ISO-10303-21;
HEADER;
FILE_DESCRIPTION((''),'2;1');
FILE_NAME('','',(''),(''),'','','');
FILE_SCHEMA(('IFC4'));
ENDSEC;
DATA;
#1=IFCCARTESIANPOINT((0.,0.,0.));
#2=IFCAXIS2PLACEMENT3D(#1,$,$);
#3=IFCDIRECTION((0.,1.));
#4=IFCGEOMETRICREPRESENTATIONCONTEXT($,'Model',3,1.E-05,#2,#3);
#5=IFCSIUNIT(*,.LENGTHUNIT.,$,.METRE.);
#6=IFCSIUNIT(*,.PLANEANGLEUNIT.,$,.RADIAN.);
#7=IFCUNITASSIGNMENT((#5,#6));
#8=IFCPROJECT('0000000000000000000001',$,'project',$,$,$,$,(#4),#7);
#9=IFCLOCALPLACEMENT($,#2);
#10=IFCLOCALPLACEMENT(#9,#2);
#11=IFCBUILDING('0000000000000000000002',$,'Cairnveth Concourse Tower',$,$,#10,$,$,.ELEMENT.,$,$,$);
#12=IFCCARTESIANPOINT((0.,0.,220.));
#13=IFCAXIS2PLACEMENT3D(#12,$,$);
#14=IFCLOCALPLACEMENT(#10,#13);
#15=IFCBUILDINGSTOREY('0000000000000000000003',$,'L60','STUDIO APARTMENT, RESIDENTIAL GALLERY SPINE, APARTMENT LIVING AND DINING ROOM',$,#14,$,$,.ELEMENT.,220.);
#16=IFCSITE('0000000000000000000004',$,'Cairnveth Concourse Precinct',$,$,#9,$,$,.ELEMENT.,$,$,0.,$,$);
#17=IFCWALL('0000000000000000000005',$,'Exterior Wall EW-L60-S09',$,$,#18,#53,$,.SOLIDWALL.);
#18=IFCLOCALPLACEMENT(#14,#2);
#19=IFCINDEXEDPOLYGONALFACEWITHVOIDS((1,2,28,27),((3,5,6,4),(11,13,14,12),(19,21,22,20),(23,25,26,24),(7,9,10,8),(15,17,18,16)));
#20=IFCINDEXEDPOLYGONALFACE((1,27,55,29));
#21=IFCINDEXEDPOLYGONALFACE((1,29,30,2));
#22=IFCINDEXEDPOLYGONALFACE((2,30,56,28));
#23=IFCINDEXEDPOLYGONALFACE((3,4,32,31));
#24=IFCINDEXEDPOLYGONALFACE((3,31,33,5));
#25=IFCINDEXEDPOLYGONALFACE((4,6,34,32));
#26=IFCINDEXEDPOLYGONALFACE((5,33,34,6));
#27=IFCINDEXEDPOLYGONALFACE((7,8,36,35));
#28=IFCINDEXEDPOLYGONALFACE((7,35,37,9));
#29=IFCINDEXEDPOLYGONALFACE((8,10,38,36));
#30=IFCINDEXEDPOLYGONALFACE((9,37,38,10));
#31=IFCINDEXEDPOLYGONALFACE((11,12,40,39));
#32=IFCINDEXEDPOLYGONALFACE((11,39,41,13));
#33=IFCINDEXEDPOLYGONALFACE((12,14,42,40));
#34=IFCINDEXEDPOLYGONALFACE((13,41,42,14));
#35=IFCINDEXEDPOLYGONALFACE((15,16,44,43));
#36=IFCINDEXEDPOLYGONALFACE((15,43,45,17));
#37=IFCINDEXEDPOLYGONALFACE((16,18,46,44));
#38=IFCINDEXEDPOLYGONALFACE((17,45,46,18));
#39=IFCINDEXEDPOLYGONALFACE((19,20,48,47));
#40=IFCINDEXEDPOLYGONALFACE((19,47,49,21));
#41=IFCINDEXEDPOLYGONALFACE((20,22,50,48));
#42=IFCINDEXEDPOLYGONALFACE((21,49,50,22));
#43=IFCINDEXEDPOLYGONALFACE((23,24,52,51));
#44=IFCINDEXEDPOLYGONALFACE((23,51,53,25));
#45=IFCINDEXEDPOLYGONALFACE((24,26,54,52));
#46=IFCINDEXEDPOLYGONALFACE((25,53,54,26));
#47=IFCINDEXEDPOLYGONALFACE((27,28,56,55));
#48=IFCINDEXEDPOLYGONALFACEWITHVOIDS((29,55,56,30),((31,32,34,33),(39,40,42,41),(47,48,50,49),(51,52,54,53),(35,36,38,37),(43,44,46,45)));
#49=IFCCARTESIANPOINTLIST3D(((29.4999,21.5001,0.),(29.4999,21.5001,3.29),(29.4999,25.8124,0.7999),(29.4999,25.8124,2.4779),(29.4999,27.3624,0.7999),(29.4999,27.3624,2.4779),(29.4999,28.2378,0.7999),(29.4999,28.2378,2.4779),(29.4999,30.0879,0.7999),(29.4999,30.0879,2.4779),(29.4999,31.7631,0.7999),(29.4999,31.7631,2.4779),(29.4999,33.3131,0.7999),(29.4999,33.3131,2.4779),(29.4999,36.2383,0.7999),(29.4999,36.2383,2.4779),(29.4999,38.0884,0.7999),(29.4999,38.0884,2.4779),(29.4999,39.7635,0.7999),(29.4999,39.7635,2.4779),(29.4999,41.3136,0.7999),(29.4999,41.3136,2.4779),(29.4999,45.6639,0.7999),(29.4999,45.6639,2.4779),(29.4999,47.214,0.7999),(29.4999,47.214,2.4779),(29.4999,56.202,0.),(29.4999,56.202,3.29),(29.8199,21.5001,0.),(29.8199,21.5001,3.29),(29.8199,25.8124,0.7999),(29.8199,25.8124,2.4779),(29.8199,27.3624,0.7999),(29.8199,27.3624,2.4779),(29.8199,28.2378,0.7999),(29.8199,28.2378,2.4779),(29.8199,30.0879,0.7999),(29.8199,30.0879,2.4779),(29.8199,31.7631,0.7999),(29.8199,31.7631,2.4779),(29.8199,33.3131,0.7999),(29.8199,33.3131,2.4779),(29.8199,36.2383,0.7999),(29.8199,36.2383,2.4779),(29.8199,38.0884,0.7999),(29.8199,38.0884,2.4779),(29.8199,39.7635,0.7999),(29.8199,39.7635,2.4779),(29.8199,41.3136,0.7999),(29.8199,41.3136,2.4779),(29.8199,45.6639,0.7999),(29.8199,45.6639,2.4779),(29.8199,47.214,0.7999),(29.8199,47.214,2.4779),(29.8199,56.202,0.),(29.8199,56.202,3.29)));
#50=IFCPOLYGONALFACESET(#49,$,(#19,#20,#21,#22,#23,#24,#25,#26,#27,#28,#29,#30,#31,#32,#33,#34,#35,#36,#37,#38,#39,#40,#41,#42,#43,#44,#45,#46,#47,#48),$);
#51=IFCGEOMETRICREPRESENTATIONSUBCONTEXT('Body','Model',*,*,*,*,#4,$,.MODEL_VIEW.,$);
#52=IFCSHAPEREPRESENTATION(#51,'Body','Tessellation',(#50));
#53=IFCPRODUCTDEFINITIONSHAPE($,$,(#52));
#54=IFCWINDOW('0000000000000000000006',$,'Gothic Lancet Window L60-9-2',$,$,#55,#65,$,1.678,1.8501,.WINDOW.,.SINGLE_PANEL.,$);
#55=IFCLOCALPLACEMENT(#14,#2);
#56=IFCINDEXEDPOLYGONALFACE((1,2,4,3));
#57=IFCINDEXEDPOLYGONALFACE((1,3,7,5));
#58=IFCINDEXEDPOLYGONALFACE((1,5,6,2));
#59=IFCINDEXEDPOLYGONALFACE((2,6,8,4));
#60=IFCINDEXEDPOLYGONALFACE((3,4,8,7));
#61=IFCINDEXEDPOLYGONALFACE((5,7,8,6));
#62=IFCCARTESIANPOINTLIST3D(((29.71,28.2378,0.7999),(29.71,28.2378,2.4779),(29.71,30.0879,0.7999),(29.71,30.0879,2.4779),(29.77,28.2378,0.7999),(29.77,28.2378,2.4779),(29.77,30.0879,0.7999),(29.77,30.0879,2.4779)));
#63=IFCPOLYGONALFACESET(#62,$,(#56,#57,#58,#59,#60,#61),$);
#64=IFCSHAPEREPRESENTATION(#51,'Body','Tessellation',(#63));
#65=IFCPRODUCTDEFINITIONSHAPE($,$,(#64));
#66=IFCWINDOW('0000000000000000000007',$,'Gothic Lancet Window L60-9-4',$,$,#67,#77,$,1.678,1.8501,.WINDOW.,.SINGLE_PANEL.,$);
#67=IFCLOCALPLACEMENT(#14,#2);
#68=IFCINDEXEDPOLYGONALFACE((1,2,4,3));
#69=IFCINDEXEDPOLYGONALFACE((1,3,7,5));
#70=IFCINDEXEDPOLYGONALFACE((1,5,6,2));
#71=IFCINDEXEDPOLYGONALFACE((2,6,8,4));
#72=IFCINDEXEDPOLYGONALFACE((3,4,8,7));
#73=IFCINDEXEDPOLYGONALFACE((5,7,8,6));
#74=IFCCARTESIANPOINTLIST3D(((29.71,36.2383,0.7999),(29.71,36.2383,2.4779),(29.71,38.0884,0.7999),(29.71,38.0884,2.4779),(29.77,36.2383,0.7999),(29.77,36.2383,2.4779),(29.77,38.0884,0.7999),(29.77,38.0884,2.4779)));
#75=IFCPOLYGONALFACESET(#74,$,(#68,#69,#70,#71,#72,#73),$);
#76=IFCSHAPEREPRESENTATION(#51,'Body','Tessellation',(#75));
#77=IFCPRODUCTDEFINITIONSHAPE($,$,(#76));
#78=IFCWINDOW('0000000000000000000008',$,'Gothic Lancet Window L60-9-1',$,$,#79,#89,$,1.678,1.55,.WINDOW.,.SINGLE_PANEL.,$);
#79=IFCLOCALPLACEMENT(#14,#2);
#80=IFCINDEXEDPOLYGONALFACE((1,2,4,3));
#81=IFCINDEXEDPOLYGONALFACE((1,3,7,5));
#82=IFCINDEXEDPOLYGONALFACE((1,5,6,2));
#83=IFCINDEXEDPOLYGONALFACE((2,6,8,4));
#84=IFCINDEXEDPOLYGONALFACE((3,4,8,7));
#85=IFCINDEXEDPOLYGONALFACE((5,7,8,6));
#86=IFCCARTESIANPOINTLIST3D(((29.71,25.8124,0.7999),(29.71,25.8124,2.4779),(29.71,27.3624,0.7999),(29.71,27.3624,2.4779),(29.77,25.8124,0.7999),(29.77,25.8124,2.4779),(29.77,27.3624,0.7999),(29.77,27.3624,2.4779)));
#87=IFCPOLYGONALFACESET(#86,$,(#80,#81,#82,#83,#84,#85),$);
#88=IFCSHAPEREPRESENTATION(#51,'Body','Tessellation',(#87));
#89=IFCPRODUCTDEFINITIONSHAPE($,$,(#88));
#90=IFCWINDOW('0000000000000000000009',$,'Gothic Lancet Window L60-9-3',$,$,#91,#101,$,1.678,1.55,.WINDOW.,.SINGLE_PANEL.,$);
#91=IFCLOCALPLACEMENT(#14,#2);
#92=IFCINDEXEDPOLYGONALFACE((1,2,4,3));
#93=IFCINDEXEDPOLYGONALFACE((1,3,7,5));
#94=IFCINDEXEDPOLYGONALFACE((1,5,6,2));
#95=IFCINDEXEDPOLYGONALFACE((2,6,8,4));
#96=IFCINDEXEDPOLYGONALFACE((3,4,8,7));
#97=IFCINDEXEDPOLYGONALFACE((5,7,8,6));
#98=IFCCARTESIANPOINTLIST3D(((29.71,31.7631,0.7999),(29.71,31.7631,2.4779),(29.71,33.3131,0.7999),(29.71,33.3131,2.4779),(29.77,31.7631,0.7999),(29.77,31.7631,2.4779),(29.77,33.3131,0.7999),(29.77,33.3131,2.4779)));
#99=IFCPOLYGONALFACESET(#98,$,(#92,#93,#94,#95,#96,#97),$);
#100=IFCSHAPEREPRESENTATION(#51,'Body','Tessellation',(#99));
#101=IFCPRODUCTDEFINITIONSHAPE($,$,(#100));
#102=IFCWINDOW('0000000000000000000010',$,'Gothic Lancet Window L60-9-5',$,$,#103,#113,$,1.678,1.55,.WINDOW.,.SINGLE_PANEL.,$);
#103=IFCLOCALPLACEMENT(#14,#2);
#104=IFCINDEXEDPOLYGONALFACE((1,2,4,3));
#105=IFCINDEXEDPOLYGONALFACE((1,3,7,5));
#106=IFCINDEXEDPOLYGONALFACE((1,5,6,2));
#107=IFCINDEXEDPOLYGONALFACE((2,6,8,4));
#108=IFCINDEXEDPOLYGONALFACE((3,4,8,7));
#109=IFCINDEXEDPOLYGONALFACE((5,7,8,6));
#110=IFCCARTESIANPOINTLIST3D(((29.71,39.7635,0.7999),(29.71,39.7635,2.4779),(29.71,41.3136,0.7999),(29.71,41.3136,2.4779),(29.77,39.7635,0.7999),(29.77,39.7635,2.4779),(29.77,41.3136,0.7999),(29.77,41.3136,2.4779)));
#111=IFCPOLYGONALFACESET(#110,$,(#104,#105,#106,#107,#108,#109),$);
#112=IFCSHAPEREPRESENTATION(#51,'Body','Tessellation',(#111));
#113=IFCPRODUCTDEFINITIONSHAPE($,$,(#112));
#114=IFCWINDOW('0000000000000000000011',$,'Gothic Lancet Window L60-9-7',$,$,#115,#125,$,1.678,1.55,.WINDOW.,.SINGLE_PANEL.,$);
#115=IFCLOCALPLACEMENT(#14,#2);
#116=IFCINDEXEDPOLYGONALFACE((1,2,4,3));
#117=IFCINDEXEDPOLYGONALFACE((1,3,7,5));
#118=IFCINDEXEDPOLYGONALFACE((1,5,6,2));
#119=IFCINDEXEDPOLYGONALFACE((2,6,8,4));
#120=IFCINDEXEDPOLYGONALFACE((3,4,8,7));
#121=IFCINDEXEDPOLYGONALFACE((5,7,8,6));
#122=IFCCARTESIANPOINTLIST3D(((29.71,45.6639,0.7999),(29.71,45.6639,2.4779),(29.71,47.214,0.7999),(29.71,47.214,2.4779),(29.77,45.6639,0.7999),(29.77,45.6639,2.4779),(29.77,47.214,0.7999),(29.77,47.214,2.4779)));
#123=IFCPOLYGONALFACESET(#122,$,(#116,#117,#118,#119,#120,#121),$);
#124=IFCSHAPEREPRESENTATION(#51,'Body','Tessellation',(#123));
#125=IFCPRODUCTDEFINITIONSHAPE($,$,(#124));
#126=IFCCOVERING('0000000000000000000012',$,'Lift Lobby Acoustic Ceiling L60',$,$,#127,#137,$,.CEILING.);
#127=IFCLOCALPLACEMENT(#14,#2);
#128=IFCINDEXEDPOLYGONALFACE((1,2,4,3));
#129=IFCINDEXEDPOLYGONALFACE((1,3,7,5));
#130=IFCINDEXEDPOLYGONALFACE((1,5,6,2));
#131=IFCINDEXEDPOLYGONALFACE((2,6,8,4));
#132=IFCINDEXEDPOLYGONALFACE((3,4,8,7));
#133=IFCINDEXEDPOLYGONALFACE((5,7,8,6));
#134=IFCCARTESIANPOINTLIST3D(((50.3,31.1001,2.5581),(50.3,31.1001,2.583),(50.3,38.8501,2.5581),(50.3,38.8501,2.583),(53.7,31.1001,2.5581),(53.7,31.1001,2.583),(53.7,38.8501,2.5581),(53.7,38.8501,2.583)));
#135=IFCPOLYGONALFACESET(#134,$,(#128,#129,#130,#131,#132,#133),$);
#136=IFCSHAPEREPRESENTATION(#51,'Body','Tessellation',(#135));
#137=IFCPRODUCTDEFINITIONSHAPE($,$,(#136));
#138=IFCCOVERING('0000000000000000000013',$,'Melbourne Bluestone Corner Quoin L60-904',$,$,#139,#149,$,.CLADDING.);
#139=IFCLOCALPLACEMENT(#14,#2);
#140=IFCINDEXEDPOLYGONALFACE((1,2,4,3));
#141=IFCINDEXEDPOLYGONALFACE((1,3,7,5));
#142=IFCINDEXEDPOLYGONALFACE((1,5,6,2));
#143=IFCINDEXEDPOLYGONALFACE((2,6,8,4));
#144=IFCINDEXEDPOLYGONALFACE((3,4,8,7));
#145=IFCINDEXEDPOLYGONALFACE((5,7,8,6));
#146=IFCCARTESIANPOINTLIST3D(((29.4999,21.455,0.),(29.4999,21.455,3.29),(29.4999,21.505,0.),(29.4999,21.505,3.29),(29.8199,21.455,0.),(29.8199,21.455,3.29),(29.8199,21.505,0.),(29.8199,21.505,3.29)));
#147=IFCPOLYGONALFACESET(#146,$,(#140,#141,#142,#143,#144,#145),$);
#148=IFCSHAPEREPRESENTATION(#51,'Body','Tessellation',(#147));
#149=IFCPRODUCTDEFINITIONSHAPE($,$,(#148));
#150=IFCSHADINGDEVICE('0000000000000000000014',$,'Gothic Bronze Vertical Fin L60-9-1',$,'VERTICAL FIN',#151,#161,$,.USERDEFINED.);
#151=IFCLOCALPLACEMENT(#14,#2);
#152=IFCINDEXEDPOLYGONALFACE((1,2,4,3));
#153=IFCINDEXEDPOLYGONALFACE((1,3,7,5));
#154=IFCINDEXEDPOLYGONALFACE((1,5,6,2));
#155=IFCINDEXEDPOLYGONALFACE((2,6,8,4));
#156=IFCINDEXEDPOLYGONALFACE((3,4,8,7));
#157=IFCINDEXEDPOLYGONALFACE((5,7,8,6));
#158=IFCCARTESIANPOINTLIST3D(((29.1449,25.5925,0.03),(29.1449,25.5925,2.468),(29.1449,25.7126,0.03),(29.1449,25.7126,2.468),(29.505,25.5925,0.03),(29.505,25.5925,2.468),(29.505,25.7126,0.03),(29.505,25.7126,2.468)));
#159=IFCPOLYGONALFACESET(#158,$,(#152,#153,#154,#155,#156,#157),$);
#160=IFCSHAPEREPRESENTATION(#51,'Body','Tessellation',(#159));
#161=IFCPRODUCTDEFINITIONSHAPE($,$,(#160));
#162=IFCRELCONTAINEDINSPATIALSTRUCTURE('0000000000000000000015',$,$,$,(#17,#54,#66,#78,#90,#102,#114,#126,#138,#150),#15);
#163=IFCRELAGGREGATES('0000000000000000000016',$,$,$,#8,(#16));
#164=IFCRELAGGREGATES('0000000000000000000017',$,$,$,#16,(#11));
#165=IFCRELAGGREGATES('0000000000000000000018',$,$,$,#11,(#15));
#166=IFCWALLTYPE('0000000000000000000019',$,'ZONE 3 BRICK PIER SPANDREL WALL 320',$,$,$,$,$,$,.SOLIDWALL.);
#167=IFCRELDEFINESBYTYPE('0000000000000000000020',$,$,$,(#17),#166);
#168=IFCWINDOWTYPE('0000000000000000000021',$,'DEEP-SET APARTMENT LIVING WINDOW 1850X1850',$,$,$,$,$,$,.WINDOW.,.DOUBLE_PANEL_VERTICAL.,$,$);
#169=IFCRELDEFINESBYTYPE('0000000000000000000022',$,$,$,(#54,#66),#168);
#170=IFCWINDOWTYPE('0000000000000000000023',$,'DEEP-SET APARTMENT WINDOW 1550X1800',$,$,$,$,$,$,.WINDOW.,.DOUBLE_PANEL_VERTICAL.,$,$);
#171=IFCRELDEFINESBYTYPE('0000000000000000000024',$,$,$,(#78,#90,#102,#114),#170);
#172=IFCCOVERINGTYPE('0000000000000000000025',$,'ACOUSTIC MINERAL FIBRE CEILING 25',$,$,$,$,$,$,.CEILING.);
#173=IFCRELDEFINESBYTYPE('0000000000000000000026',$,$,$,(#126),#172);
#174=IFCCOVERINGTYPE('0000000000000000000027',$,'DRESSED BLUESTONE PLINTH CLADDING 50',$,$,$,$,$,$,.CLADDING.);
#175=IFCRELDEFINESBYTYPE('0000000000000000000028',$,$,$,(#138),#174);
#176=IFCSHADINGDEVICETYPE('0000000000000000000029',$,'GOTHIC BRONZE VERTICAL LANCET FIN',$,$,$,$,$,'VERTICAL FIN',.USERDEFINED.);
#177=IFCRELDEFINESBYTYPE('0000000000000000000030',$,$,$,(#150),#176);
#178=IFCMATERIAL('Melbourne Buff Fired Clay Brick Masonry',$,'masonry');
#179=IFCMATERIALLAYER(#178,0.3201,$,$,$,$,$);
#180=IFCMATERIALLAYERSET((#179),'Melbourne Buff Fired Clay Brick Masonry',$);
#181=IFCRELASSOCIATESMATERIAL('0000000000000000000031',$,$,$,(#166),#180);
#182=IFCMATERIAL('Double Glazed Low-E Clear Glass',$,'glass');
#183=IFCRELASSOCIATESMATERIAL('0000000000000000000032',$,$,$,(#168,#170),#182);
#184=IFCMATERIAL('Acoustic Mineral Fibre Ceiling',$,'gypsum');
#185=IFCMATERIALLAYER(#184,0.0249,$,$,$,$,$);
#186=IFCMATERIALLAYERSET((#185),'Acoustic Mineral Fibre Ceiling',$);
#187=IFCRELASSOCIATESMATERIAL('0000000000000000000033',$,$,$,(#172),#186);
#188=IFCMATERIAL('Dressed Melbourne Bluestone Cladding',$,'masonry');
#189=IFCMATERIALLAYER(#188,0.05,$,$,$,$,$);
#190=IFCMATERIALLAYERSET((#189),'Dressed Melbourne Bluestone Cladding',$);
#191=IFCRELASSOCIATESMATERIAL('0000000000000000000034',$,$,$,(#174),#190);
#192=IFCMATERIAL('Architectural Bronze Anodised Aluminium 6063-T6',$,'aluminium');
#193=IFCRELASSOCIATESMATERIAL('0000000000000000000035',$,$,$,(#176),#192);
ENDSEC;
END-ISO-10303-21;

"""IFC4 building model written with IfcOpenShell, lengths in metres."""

from ifc_helpers import new_model, si_unit, direction, frame, frame_2d, origin, origin_2d, place, context, subcontext, project, spatial, polyline, rectangle, outline, extrude, material, layer, layer_set, type_object, element, fill, save


model = new_model("IFC4")

# Units and contexts
model_context = context("Model", 3, precision=1e-05, world=origin(), true_north=direction((0.0, 1.0)))
body_context = subcontext(model_context, "Body", "Model", "MODEL_VIEW")
ifc_project = project(units=[si_unit("LENGTHUNIT", "METRE"), si_unit("PLANEANGLEUNIT", "RADIAN")], contexts=[model_context])

# Site, building, storey
site_placement = place(None, origin())
site = spatial("IfcSite", under=ifc_project, at=site_placement, Name="Cairnveth Concourse Precinct", CompositionType="ELEMENT", RefElevation=0.0)
building_placement = place(site_placement, origin())
building = spatial("IfcBuilding", under=site, at=building_placement, Name="Cairnveth Concourse Tower", CompositionType="ELEMENT")
storey_placement = place(building_placement, frame((0.0, 0.0, 220.0)))
storey = spatial("IfcBuildingStorey", under=building, at=storey_placement, Name="L60", Description="STUDIO APARTMENT, RESIDENTIAL GALLERY SPINE, APARTMENT LIVING AND DINING ROOM", CompositionType="ELEMENT", Elevation=220.0)

# Wall, openings, windows
ifc_material_1 = material(Name="Melbourne Buff Fired Clay Brick Masonry", Category="masonry")
ifc_layer_1 = layer(ifc_material_1, 0.3201)
ifc_layer_set_1 = layer_set([ifc_layer_1], Name="Melbourne Buff Fired Clay Brick Masonry")
wall_type_1 = type_object("IfcWallType", Name="ZONE 3 BRICK PIER SPANDREL WALL 320", PredefinedType="SOLIDWALL", material=ifc_layer_set_1)
wall_1_placement = place(storey_placement, frame((29.6599, 21.5, 0.0), z_axis=(0.0, 0.0, 1.0), x_axis=(0.0, 1.0, 0.0)))
wall_1 = element("IfcWall", 1, at=wall_1_placement, inside=storey, type_object=wall_type_1, Name="Exterior Wall EW-L60-S09", PredefinedType="SOLIDWALL", context=body_context, shape_type="SweptSolid", body=[
    extrude(rectangle(XDim=34.7019, YDim=0.3201, at=frame_2d((17.3511, 0.0))), origin(), (0.0, 0.0, 1.0), 3.29),
])
opening_1_placement = place(wall_1_placement, frame((4.3125, 0.0, 0.8)))
opening_1 = element("IfcOpeningElement", 2, at=opening_1_placement, cuts=wall_1, PredefinedType="OPENING", context=body_context, shape_type="SweptSolid", body=[
    extrude(rectangle(XDim=1.55, YDim=1.678, at=frame_2d((0.7749, 0.8389))), frame((0.0, 0.1699, 0.0), z_axis=(0.0, -1.0, 0.0), x_axis=(1.0, 0.0, 0.0)), (0.0, 0.0, 1.0), 0.3401),
])
opening_2_placement = place(wall_1_placement, frame((6.7378, 0.0, 0.8)))
opening_2 = element("IfcOpeningElement", 3, at=opening_2_placement, cuts=wall_1, PredefinedType="OPENING", context=body_context, shape_type="SweptSolid", body=[
    extrude(rectangle(XDim=1.8501, YDim=1.678, at=frame_2d((0.925, 0.8389))), frame((0.0, 0.1699, 0.0), z_axis=(0.0, -1.0, 0.0), x_axis=(1.0, 0.0, 0.0)), (0.0, 0.0, 1.0), 0.3401),
])
opening_3_placement = place(wall_1_placement, frame((10.2632, 0.0, 0.8)))
opening_3 = element("IfcOpeningElement", 4, at=opening_3_placement, cuts=wall_1, PredefinedType="OPENING", context=body_context, shape_type="SweptSolid", body=[
    extrude(rectangle(XDim=1.55, YDim=1.678, at=frame_2d((0.7749, 0.8389))), frame((0.0, 0.1699, 0.0), z_axis=(0.0, -1.0, 0.0), x_axis=(1.0, 0.0, 0.0)), (0.0, 0.0, 1.0), 0.3401),
])
opening_4_placement = place(wall_1_placement, frame((14.7383, 0.0, 0.8)))
opening_4 = element("IfcOpeningElement", 5, at=opening_4_placement, cuts=wall_1, PredefinedType="OPENING", context=body_context, shape_type="SweptSolid", body=[
    extrude(rectangle(XDim=1.8501, YDim=1.678, at=frame_2d((0.925, 0.8389))), frame((0.0, 0.1699, 0.0), z_axis=(0.0, -1.0, 0.0), x_axis=(1.0, 0.0, 0.0)), (0.0, 0.0, 1.0), 0.3401),
])
opening_5_placement = place(wall_1_placement, frame((18.2637, 0.0, 0.8)))
opening_5 = element("IfcOpeningElement", 6, at=opening_5_placement, cuts=wall_1, PredefinedType="OPENING", context=body_context, shape_type="SweptSolid", body=[
    extrude(rectangle(XDim=1.55, YDim=1.678, at=frame_2d((0.7749, 0.8389))), frame((0.0, 0.1699, 0.0), z_axis=(0.0, -1.0, 0.0), x_axis=(1.0, 0.0, 0.0)), (0.0, 0.0, 1.0), 0.3401),
])
opening_6_placement = place(wall_1_placement, frame((24.1641, 0.0, 0.8)))
opening_6 = element("IfcOpeningElement", 7, at=opening_6_placement, cuts=wall_1, PredefinedType="OPENING", context=body_context, shape_type="SweptSolid", body=[
    extrude(rectangle(XDim=1.55, YDim=1.678, at=frame_2d((0.7749, 0.8389))), frame((0.0, 0.1699, 0.0), z_axis=(0.0, -1.0, 0.0), x_axis=(1.0, 0.0, 0.0)), (0.0, 0.0, 1.0), 0.3401),
])
ifc_material_2 = material(Name="Double Glazed Low-E Clear Glass", Category="glass")
window_type_1 = type_object("IfcWindowType", Name="DEEP-SET APARTMENT LIVING WINDOW 1850X1850", PartitioningType="DOUBLE_PANEL_VERTICAL", PredefinedType="WINDOW", material=ifc_material_2)
window_1_placement = place(opening_2_placement, origin())
window_1 = element("IfcWindow", 8, at=window_1_placement, inside=storey, type_object=window_type_1, Name="Gothic Lancet Window L60-9-2", OverallHeight=1.678, OverallWidth=1.8501, PartitioningType="SINGLE_PANEL", PredefinedType="WINDOW", context=body_context, shape_type="SweptSolid", body=[
    extrude(rectangle(XDim=1.8501, YDim=1.678, at=frame_2d((0.925, 0.8389))), frame((0.0, -0.05, 0.0), z_axis=(0.0, -1.0, 0.0), x_axis=(1.0, 0.0, 0.0)), (0.0, 0.0, 1.0), 0.0601),
])
fill(opening_2, window_1)
window_2_placement = place(opening_4_placement, origin())
window_2 = element("IfcWindow", 9, at=window_2_placement, inside=storey, type_object=window_type_1, Name="Gothic Lancet Window L60-9-4", OverallHeight=1.678, OverallWidth=1.8501, PartitioningType="SINGLE_PANEL", PredefinedType="WINDOW", context=body_context, shape_type="SweptSolid", body=[
    extrude(rectangle(XDim=1.8501, YDim=1.678, at=frame_2d((0.925, 0.8389))), frame((0.0, -0.05, 0.0), z_axis=(0.0, -1.0, 0.0), x_axis=(1.0, 0.0, 0.0)), (0.0, 0.0, 1.0), 0.0601),
])
fill(opening_4, window_2)
window_type_2 = type_object("IfcWindowType", Name="DEEP-SET APARTMENT WINDOW 1550X1800", PartitioningType="DOUBLE_PANEL_VERTICAL", PredefinedType="WINDOW", material=ifc_material_2)
window_3_placement = place(opening_1_placement, origin())
window_3 = element("IfcWindow", 10, at=window_3_placement, inside=storey, type_object=window_type_2, Name="Gothic Lancet Window L60-9-1", OverallHeight=1.678, OverallWidth=1.55, PartitioningType="SINGLE_PANEL", PredefinedType="WINDOW", context=body_context, shape_type="SweptSolid", body=[
    extrude(rectangle(XDim=1.55, YDim=1.678, at=frame_2d((0.7749, 0.8389))), frame((0.0, -0.05, 0.0), z_axis=(0.0, -1.0, 0.0), x_axis=(1.0, 0.0, 0.0)), (0.0, 0.0, 1.0), 0.0601),
])
fill(opening_1, window_3)
window_4_placement = place(opening_3_placement, origin())
window_4 = element("IfcWindow", 11, at=window_4_placement, inside=storey, type_object=window_type_2, Name="Gothic Lancet Window L60-9-3", OverallHeight=1.678, OverallWidth=1.55, PartitioningType="SINGLE_PANEL", PredefinedType="WINDOW", context=body_context, shape_type="SweptSolid", body=[
    extrude(rectangle(XDim=1.55, YDim=1.678, at=frame_2d((0.7749, 0.8389))), frame((0.0, -0.05, 0.0), z_axis=(0.0, -1.0, 0.0), x_axis=(1.0, 0.0, 0.0)), (0.0, 0.0, 1.0), 0.0601),
])
fill(opening_3, window_4)
window_5_placement = place(opening_5_placement, origin())
window_5 = element("IfcWindow", 12, at=window_5_placement, inside=storey, type_object=window_type_2, Name="Gothic Lancet Window L60-9-5", OverallHeight=1.678, OverallWidth=1.55, PartitioningType="SINGLE_PANEL", PredefinedType="WINDOW", context=body_context, shape_type="SweptSolid", body=[
    extrude(rectangle(XDim=1.55, YDim=1.678, at=frame_2d((0.7749, 0.8389))), frame((0.0, -0.05, 0.0), z_axis=(0.0, -1.0, 0.0), x_axis=(1.0, 0.0, 0.0)), (0.0, 0.0, 1.0), 0.0601),
])
fill(opening_5, window_5)
window_6_placement = place(opening_6_placement, origin())
window_6 = element("IfcWindow", 13, at=window_6_placement, inside=storey, type_object=window_type_2, Name="Gothic Lancet Window L60-9-7", OverallHeight=1.678, OverallWidth=1.55, PartitioningType="SINGLE_PANEL", PredefinedType="WINDOW", context=body_context, shape_type="SweptSolid", body=[
    extrude(rectangle(XDim=1.55, YDim=1.678, at=frame_2d((0.7749, 0.8389))), frame((0.0, -0.05, 0.0), z_axis=(0.0, -1.0, 0.0), x_axis=(1.0, 0.0, 0.0)), (0.0, 0.0, 1.0), 0.0601),
])
fill(opening_6, window_6)

# Coverings
ifc_material_3 = material(Name="Acoustic Mineral Fibre Ceiling", Category="gypsum")
ifc_layer_2 = layer(ifc_material_3, 0.0249)
ifc_layer_set_2 = layer_set([ifc_layer_2], Name="Acoustic Mineral Fibre Ceiling")
covering_type_1 = type_object("IfcCoveringType", Name="ACOUSTIC MINERAL FIBRE CEILING 25", PredefinedType="CEILING", material=ifc_layer_set_2)
covering_1_placement = place(storey_placement, frame((0.0, 0.0, 2.5581)))
element("IfcCovering", 14, at=covering_1_placement, inside=storey, type_object=covering_type_1, Name="Lift Lobby Acoustic Ceiling L60", PredefinedType="CEILING", context=body_context, shape_type="SweptSolid", body=[
    extrude(outline(polyline([(50.3, 31.1001), (53.7, 31.1001), (53.7, 38.8501), (50.3, 38.8501), (50.3, 31.1001)])), origin(), (0.0, 0.0, 1.0), 0.0249),
])
ifc_material_4 = material(Name="Dressed Melbourne Bluestone Cladding", Category="masonry")
ifc_layer_3 = layer(ifc_material_4, 0.05)
ifc_layer_set_3 = layer_set([ifc_layer_3], Name="Dressed Melbourne Bluestone Cladding")
covering_type_2 = type_object("IfcCoveringType", Name="DRESSED BLUESTONE PLINTH CLADDING 50", PredefinedType="CLADDING", material=ifc_layer_set_3)
covering_2_placement = place(storey_placement, frame((29.8201, 21.48, 0.0), z_axis=(0.0, 0.0, 1.0), x_axis=(-1.0, 0.0, 0.0)))
element("IfcCovering", 15, at=covering_2_placement, inside=storey, type_object=covering_type_2, Name="Melbourne Bluestone Corner Quoin L60-904", PredefinedType="CLADDING", context=body_context, shape_type="SweptSolid", body=[
    extrude(rectangle(XDim=0.3201, YDim=0.05, at=frame_2d((0.1602, 0.0))), origin(), (0.0, 0.0, 1.0), 3.29),
])

# Shading device
ifc_material_5 = material(Name="Architectural Bronze Anodised Aluminium 6063-T6", Category="aluminium")
shading_device_type_1 = type_object("IfcShadingDeviceType", Name="GOTHIC BRONZE VERTICAL LANCET FIN", ElementType="VERTICAL FIN", PredefinedType="USERDEFINED", material=ifc_material_5)
for number, where, z_axis, x_axis, name in (
    (16, (29.325, 25.6526, 0.03), (0.0, 0.0, 1.0), (0.0, 1.0, 0.0), "Gothic Bronze Vertical Fin L60-9-1"),
):
    element("IfcShadingDevice", number, at=place(storey_placement, frame(where, z_axis=z_axis, x_axis=x_axis)), inside=storey, type_object=shading_device_type_1, Name=name, ObjectType="VERTICAL FIN", PredefinedType="USERDEFINED", context=body_context, shape_type="SweptSolid", body=[
        extrude(rectangle(XDim=0.1201, YDim=0.3601, at=origin_2d()), origin(), (0.0, 0.0, 1.0), 2.438),
    ])

save(model, "model.ifc")
